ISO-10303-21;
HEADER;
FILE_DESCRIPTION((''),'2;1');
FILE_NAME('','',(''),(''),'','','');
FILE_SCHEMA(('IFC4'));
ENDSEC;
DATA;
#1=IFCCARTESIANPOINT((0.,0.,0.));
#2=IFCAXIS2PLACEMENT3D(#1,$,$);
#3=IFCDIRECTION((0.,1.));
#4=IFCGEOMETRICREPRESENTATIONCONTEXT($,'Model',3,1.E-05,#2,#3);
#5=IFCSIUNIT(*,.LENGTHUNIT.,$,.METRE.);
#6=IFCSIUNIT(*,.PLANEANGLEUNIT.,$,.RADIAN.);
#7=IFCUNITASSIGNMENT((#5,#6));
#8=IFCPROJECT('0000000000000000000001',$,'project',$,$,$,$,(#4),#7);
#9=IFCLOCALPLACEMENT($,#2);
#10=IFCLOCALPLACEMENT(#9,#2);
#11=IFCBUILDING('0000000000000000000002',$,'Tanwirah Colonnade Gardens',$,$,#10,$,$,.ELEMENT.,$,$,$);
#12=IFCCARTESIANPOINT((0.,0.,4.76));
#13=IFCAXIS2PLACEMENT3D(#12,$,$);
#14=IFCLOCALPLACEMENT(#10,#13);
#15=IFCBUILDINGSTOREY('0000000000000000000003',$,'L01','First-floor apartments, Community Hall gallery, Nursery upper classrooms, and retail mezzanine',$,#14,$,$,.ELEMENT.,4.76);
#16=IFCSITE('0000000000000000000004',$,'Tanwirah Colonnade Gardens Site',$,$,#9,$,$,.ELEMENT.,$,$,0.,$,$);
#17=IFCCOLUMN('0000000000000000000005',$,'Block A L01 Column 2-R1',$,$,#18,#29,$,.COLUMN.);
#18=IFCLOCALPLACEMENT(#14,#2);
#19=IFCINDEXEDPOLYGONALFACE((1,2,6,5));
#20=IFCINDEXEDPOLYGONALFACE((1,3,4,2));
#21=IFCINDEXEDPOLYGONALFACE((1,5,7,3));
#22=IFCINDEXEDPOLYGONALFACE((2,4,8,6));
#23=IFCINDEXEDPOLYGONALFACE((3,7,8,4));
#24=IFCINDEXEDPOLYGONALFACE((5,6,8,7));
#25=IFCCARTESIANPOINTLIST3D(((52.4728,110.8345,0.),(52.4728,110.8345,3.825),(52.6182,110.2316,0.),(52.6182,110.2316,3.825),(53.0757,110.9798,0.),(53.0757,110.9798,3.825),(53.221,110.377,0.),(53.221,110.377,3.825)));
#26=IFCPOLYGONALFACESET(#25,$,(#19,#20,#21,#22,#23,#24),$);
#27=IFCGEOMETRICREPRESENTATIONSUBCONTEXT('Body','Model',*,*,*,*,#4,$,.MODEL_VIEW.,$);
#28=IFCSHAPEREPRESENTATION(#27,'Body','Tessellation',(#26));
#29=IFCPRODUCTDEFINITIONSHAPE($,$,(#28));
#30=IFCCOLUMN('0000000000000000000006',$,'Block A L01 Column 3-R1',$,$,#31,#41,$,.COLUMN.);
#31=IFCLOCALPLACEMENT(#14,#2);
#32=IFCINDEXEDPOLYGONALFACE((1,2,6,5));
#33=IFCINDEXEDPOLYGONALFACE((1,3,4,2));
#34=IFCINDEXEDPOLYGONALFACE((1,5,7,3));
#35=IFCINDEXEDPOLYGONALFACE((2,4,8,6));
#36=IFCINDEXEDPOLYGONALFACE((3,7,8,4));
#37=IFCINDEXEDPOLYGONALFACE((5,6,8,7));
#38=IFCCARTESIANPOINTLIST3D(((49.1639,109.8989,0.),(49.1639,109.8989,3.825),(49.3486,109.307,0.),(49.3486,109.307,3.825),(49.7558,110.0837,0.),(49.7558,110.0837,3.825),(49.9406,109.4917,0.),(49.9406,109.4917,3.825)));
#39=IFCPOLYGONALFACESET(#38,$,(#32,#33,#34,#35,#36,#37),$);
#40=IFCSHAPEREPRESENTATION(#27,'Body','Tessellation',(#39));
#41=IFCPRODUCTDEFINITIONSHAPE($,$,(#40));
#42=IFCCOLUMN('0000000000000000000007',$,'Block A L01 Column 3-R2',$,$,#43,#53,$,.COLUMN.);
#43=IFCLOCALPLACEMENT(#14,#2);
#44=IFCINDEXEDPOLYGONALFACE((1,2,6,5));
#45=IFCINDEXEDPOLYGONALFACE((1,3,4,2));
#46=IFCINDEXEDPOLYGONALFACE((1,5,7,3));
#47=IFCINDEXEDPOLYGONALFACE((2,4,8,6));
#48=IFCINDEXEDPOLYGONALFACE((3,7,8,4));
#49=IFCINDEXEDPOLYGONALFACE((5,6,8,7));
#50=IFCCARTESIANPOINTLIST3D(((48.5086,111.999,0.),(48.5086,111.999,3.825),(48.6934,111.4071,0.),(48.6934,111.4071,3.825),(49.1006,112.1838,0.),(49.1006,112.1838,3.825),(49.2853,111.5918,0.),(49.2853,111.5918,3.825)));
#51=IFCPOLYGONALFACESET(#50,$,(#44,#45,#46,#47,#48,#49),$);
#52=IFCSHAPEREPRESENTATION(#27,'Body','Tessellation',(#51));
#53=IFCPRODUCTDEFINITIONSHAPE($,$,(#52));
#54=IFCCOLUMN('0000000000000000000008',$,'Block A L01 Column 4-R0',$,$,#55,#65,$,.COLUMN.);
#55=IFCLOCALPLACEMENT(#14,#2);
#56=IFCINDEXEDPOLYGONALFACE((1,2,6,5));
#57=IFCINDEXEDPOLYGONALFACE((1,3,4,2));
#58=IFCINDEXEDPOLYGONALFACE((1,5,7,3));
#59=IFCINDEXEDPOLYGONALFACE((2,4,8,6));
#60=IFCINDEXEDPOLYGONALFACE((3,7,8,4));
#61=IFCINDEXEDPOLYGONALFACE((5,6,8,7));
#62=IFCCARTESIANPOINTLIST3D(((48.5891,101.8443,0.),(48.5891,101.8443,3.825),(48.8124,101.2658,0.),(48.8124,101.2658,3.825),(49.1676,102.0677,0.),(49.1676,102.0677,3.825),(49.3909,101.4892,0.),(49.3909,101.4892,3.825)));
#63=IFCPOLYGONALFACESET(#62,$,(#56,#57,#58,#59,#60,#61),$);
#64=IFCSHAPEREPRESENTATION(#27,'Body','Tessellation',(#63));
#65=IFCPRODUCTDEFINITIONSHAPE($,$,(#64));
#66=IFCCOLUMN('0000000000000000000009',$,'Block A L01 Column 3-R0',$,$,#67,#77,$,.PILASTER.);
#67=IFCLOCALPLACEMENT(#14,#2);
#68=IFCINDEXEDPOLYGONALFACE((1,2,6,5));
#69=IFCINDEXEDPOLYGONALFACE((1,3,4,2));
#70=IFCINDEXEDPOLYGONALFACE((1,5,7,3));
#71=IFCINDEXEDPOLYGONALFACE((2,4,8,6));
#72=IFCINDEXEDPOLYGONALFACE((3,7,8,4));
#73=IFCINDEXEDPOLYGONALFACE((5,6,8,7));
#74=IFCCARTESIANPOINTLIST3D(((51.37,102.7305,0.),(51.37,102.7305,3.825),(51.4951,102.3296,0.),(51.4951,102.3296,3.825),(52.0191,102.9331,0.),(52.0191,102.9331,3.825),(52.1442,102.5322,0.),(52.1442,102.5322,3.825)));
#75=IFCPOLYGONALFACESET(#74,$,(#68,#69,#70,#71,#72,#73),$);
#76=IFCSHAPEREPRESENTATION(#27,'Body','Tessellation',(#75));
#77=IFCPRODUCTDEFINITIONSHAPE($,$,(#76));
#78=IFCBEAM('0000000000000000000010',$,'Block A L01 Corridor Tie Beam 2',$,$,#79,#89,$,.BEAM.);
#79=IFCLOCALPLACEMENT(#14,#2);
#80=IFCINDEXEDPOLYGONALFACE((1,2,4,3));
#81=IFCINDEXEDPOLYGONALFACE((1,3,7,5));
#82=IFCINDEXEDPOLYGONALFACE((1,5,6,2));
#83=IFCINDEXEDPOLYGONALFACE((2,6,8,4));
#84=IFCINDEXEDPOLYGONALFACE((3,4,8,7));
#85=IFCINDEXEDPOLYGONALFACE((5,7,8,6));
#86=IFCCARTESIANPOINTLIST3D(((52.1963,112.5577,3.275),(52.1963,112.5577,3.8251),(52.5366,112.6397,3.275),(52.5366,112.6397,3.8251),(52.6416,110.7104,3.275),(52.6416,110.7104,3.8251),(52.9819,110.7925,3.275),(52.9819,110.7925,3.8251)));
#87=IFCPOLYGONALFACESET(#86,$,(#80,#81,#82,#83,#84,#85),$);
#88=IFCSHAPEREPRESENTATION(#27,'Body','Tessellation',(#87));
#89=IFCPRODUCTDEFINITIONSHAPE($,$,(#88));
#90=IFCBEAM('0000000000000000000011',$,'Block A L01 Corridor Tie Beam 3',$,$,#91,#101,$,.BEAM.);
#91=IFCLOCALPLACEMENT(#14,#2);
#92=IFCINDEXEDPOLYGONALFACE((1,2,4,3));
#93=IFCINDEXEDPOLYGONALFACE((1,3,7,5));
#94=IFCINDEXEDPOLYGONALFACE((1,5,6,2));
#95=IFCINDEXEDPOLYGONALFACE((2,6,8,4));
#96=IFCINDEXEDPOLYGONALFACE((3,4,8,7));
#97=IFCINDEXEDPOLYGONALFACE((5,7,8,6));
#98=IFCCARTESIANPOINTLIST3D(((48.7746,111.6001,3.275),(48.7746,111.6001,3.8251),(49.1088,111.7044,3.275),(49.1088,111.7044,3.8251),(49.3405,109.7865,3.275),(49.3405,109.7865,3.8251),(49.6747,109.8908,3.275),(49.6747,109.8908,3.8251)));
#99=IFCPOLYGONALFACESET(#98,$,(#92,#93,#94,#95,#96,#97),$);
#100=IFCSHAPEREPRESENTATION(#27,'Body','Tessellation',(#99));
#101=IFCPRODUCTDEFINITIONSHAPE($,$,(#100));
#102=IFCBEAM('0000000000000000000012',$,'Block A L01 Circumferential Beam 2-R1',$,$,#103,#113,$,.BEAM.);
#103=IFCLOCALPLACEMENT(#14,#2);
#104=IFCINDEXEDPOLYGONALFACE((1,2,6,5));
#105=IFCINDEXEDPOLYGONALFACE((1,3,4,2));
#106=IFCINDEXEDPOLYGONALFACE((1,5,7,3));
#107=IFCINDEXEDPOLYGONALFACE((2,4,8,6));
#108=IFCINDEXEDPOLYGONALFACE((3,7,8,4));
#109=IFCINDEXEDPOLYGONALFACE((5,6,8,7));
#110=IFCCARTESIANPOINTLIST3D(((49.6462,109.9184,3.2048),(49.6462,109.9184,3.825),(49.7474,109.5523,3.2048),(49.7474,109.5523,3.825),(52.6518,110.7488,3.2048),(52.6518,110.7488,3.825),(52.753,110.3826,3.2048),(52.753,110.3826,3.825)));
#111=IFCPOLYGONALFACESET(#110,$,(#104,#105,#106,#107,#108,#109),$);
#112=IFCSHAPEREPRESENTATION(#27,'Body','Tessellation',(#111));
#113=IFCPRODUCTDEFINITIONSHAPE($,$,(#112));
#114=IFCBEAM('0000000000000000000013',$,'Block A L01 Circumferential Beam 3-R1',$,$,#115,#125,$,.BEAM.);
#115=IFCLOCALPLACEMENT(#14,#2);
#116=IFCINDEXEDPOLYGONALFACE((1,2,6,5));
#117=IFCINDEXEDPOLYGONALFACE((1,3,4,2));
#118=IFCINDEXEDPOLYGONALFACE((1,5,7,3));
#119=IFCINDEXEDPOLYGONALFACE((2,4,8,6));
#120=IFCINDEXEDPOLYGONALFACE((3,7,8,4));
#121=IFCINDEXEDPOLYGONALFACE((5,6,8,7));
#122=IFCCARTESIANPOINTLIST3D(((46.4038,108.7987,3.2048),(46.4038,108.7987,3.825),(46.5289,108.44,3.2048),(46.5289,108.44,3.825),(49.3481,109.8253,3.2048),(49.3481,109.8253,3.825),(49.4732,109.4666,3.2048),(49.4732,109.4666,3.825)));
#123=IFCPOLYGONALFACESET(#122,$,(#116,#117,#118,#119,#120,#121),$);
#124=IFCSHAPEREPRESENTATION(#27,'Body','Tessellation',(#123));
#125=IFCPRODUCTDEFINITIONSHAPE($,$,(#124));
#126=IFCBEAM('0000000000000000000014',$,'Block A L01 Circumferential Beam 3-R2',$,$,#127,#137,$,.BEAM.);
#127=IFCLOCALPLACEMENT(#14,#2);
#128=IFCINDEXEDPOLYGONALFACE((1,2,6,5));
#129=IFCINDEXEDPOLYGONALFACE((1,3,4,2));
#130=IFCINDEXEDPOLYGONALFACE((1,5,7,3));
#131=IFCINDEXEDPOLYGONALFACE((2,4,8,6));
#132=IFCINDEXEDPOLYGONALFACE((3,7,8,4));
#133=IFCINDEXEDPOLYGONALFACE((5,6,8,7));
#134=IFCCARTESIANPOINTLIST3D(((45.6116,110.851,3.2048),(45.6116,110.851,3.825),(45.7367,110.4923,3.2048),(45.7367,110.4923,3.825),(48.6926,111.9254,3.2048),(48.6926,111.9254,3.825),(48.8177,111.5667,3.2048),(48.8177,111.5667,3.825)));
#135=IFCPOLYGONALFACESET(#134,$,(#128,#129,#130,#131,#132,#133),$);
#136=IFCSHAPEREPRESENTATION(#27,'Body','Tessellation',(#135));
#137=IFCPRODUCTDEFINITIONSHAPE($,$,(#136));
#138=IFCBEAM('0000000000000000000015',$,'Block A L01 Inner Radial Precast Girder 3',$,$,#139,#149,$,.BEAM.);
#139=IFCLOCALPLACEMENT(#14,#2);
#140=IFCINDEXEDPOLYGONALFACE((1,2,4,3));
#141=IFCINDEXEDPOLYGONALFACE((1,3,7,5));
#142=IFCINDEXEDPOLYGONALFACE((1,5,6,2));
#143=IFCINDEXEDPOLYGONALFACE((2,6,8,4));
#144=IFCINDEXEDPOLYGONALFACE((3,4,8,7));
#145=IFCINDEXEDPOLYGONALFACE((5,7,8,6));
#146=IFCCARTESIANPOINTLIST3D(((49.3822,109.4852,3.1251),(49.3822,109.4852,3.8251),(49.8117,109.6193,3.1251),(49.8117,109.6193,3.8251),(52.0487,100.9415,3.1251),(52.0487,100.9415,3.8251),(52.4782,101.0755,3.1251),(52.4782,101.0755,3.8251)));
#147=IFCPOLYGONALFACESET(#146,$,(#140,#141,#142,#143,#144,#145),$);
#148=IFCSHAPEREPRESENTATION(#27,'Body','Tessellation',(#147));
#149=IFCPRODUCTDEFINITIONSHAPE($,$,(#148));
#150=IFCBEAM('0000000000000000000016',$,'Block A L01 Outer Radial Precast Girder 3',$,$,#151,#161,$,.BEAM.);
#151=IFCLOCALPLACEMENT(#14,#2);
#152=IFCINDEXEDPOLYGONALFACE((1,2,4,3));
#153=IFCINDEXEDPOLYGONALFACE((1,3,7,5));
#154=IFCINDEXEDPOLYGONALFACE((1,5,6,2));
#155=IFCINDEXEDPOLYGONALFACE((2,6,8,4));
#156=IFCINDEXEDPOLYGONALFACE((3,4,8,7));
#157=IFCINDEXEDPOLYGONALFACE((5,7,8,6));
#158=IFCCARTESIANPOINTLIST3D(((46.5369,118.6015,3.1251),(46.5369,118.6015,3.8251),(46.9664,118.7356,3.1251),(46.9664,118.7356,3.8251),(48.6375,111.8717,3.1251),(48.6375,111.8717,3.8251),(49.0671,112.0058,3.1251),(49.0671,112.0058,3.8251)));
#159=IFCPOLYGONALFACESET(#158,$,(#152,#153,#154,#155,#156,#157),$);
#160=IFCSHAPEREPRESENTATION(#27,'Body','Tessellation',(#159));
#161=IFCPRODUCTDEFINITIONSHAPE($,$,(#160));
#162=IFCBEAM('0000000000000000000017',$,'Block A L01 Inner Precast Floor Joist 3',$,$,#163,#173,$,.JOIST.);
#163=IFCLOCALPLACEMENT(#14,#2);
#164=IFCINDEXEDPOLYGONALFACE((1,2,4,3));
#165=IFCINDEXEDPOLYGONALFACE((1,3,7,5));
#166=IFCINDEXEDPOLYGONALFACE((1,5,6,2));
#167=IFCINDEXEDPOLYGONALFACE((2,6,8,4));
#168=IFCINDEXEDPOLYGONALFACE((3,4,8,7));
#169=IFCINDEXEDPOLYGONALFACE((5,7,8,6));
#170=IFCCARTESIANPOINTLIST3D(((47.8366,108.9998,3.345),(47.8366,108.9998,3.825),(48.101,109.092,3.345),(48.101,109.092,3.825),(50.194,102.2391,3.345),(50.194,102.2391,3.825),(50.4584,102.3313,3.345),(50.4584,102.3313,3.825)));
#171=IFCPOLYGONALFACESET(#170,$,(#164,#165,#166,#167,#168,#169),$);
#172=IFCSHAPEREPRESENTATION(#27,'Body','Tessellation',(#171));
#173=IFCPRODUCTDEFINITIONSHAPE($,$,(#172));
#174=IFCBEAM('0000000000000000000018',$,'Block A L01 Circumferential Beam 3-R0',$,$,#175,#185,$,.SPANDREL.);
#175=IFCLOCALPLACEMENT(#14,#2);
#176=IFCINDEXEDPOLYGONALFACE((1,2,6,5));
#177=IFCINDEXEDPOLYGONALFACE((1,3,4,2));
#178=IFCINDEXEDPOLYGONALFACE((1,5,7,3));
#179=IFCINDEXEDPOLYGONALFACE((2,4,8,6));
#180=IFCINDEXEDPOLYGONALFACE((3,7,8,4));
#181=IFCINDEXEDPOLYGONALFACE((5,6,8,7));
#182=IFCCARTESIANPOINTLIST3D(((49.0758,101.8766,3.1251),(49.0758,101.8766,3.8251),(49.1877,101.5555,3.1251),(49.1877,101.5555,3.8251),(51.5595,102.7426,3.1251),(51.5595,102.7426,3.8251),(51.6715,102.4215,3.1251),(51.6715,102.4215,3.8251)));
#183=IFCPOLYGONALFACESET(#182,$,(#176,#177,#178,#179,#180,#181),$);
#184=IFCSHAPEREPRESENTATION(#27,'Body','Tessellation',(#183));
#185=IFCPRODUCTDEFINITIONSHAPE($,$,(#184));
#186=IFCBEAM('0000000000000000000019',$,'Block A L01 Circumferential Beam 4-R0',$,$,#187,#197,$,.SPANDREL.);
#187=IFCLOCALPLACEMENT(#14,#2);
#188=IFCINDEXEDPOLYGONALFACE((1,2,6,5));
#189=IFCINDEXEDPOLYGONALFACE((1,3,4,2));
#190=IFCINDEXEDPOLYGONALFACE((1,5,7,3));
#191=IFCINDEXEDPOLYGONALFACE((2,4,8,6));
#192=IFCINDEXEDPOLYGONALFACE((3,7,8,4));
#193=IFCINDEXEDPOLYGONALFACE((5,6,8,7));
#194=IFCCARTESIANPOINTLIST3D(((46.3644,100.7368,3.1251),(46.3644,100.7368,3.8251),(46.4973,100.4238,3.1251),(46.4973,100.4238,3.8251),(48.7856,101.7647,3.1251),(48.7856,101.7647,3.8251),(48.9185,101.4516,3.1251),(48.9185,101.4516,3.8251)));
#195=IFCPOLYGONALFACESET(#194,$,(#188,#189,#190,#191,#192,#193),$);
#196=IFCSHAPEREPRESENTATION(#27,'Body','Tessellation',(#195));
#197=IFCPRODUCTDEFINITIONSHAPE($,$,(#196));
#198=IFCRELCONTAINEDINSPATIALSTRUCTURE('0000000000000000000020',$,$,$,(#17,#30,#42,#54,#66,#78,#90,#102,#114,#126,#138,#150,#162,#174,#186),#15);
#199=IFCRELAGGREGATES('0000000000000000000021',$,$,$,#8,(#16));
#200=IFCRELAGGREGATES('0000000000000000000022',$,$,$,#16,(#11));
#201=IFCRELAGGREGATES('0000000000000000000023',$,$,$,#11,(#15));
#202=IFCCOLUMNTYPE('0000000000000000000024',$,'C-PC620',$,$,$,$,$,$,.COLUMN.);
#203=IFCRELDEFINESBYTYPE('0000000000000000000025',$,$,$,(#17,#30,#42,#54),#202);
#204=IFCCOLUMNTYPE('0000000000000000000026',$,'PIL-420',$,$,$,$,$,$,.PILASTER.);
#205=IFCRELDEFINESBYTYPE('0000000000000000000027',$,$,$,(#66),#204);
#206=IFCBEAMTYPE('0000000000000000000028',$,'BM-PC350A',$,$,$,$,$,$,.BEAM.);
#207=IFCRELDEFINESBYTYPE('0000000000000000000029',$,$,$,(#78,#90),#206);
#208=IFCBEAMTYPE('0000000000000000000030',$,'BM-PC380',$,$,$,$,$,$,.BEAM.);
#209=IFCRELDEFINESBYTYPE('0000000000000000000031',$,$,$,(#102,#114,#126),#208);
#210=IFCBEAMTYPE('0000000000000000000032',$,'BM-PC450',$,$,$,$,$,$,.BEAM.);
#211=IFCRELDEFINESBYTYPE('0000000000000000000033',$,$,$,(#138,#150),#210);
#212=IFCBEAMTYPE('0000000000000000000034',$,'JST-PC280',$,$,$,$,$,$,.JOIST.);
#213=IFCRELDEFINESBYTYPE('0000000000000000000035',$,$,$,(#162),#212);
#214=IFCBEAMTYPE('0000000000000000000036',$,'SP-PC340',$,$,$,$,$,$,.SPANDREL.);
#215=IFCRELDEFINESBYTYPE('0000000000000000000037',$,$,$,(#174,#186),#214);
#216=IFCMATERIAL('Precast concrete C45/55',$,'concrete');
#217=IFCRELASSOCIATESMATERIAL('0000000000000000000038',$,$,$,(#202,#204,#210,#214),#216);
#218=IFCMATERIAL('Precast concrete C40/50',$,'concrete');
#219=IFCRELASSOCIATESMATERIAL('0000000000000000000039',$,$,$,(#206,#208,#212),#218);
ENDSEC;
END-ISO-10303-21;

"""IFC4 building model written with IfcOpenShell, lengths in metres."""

from ifc_helpers import new_model, si_unit, direction, frame, origin, origin_2d, place, context, subcontext, project, spatial, rectangle, extrude, material, material_profile, profile_set, type_object, element, save


model = new_model("IFC4")

# Units and contexts
model_context = context("Model", 3, precision=1e-05, world=origin(), true_north=direction((0.0, 1.0)))
body_context = subcontext(model_context, "Body", "Model", "MODEL_VIEW")
ifc_project = project(units=[si_unit("LENGTHUNIT", "METRE"), si_unit("PLANEANGLEUNIT", "RADIAN")], contexts=[model_context])

# Site, building, storey
site_placement = place(None, origin())
site = spatial("IfcSite", under=ifc_project, at=site_placement, Name="Tanwirah Colonnade Gardens Site", CompositionType="ELEMENT", RefElevation=0.0)
building_placement = place(site_placement, origin())
building = spatial("IfcBuilding", under=site, at=building_placement, Name="Tanwirah Colonnade Gardens", CompositionType="ELEMENT")
storey_placement = place(building_placement, frame((0.0, 0.0, 4.76)))
storey = spatial("IfcBuildingStorey", under=building, at=storey_placement, Name="L01", Description="First-floor apartments, Community Hall gallery, Nursery upper classrooms, and retail mezzanine", CompositionType="ELEMENT", Elevation=4.76)

# Columns
ifc_material_1 = material(Name="Precast concrete C45/55", Category="concrete")
ifc_material_profile_1 = material_profile(ifc_material_1, rectangle(XDim=0.6201, YDim=0.6201, at=origin_2d()), Name="PC-COL 620x620")
ifc_profile_set_1 = profile_set([ifc_material_profile_1], Name="Precast concrete C45/55")
column_type_1 = type_object("IfcColumnType", Name="C-PC620", PredefinedType="COLUMN", material=ifc_profile_set_1)
for number, where, z_axis, x_axis, name in (
    (1, (52.8469, 110.6057, 0.0), (0.0, 0.0, 1.0), (-0.234388, 0.972143, 0.0), "Block A L01 Column 2-R1"),
    (2, (49.5522, 109.6953, 0.0), (0.0, 0.0, 1.0), (-0.29793, 0.954588, 0.0), "Block A L01 Column 3-R1"),
    (3, (48.897, 111.7954, 0.0), (0.0, 0.0, 1.0), (-0.29793, 0.954588, 0.0), "Block A L01 Column 3-R2"),
    (4, (48.99, 101.6667, 0.0), (0.0, 0.0, 1.0), (-0.360178, 0.932884, 0.0), "Block A L01 Column 4-R0"),
):
    element("IfcColumn", number, at=place(storey_placement, frame(where, z_axis=z_axis, x_axis=x_axis)), inside=storey, type_object=column_type_1, Name=name, PredefinedType="COLUMN", context=body_context, shape_type="SweptSolid", body=[
        extrude(rectangle(XDim=0.6201, YDim=0.6201, at=origin_2d()), origin(), (0.0, 0.0, 1.0), 3.825),
    ])
ifc_material_profile_2 = material_profile(ifc_material_1, rectangle(XDim=0.4199, YDim=0.6799, at=origin_2d()), Name="PC-PIL 420x680")
ifc_profile_set_2 = profile_set([ifc_material_profile_2], Name="Precast concrete C45/55")
column_type_2 = type_object("IfcColumnType", Name="PIL-420", PredefinedType="PILASTER", material=ifc_profile_set_2)
column_placement = place(storey_placement, frame((51.7571, 102.6313, 0.0), z_axis=(0.0, 0.0, 1.0), x_axis=(-0.29793, 0.954588, 0.0)))
element("IfcColumn", 5, at=column_placement, inside=storey, type_object=column_type_2, Name="Block A L01 Column 3-R0", PredefinedType="PILASTER", context=body_context, shape_type="SweptSolid", body=[
    extrude(rectangle(XDim=0.4199, YDim=0.6799, at=origin_2d()), origin(), (0.0, 0.0, 1.0), 3.825),
])

# Beams
ifc_material_2 = material(Name="Precast concrete C40/50", Category="concrete")
ifc_material_profile_3 = material_profile(ifc_material_2, rectangle(XDim=0.3501, YDim=0.55, at=origin_2d()), Name="PC-BM 350x550")
ifc_profile_set_3 = profile_set([ifc_material_profile_3], Name="Precast concrete C40/50")
beam_type_1 = type_object("IfcBeamType", Name="BM-PC350A", PredefinedType="BEAM", material=ifc_profile_set_3)
beam_1_placement = place(storey_placement, frame((52.8118, 110.7515, 3.55), z_axis=(-0.234364, 0.972149, 0.0), x_axis=(-0.972149, -0.234364, 0.0)))
element("IfcBeam", 6, at=beam_1_placement, inside=storey, type_object=beam_type_1, Name="Block A L01 Corridor Tie Beam 2", PredefinedType="BEAM", context=body_context, shape_type="SweptSolid", body=[
    extrude(rectangle(XDim=0.3501, YDim=0.55, at=origin_2d()), origin(), (0.0, 0.0, 1.0), 1.9001),
])
beam_2_placement = place(storey_placement, frame((49.5076, 109.8386, 3.55), z_axis=(-0.297858, 0.95461, 0.0), x_axis=(-0.95461, -0.297858, 0.0)))
element("IfcBeam", 7, at=beam_2_placement, inside=storey, type_object=beam_type_1, Name="Block A L01 Corridor Tie Beam 3", PredefinedType="BEAM", context=body_context, shape_type="SweptSolid", body=[
    extrude(rectangle(XDim=0.3501, YDim=0.55, at=origin_2d()), origin(), (0.0, 0.0, 1.0), 1.8999),
])
ifc_material_profile_4 = material_profile(ifc_material_2, rectangle(XDim=0.3799, YDim=0.6201, at=origin_2d()), Name="PC-BM 380x620")
ifc_profile_set_4 = profile_set([ifc_material_profile_4], Name="Precast concrete C40/50")
beam_type_2 = type_object("IfcBeamType", Name="BM-PC380", PredefinedType="BEAM", material=ifc_profile_set_4)
for number, where, z_axis, x_axis, name in (
    (8, (52.7024, 110.5657, 3.5149), (-0.963895, -0.266283, 0.0), (0.266283, -0.963895, 0.0), "Block A L01 Circumferential Beam 2-R1"),
    (9, (49.4106, 109.646, 3.5149), (-0.944248, -0.329234, 0.0), (0.329234, -0.944248, 0.0), "Block A L01 Circumferential Beam 3-R1"),
):
    element("IfcBeam", number, at=place(storey_placement, frame(where, z_axis=z_axis, x_axis=x_axis)), inside=storey, type_object=beam_type_2, Name=name, PredefinedType="BEAM", context=body_context, shape_type="SweptSolid", body=[
        extrude(rectangle(XDim=0.3799, YDim=0.6201, at=origin_2d()), origin(), (0.0, 0.0, 1.0), 3.1182),
    ])
beam_3_placement = place(storey_placement, frame((48.7551, 111.7461, 3.5149), z_axis=(-0.944231, -0.329284, 0.0), x_axis=(0.329284, -0.944231, 0.0)))
element("IfcBeam", 10, at=beam_3_placement, inside=storey, type_object=beam_type_2, Name="Block A L01 Circumferential Beam 3-R2", PredefinedType="BEAM", context=body_context, shape_type="SweptSolid", body=[
    extrude(rectangle(XDim=0.3799, YDim=0.6201, at=origin_2d()), origin(), (0.0, 0.0, 1.0), 3.2629),
])
ifc_material_profile_5 = material_profile(ifc_material_1, rectangle(XDim=0.45, YDim=0.7, at=origin_2d()), Name="PC-BM 450x700")
ifc_profile_set_5 = profile_set([ifc_material_profile_5], Name="Precast concrete C45/55")
beam_type_3 = type_object("IfcBeamType", Name="BM-PC450", PredefinedType="BEAM", material=ifc_profile_set_5)
beam_4_placement = place(storey_placement, frame((49.5969, 109.5522, 3.4751), z_axis=(0.297929, -0.954588, 0.0), x_axis=(0.954588, 0.297929, 0.0)))
element("IfcBeam", 11, at=beam_4_placement, inside=storey, type_object=beam_type_3, Name="Block A L01 Inner Radial Precast Girder 3", PredefinedType="BEAM", context=body_context, shape_type="SweptSolid", body=[
    extrude(rectangle(XDim=0.45, YDim=0.7, at=origin_2d()), origin(), (0.0, 0.0, 1.0), 8.9502),
])
beam_5_placement = place(storey_placement, frame((48.8523, 111.9387, 3.4751), z_axis=(-0.297958, 0.954579, 0.0), x_axis=(-0.954579, -0.297958, 0.0)))
element("IfcBeam", 12, at=beam_5_placement, inside=storey, type_object=beam_type_3, Name="Block A L01 Outer Radial Precast Girder 3", PredefinedType="BEAM", context=body_context, shape_type="SweptSolid", body=[
    extrude(rectangle(XDim=0.45, YDim=0.7, at=origin_2d()), origin(), (0.0, 0.0, 1.0), 7.05),
])
ifc_material_profile_6 = material_profile(ifc_material_2, rectangle(XDim=0.28, YDim=0.48, at=origin_2d()), Name="PC-JST 280x480")
ifc_profile_set_6 = profile_set([ifc_material_profile_6], Name="Precast concrete C40/50")
beam_type_4 = type_object("IfcBeamType", Name="JST-PC280", PredefinedType="JOIST", material=ifc_profile_set_6)
beam_6_placement = place(storey_placement, frame((50.3262, 102.2852, 3.585), z_axis=(-0.329251, 0.944243, 0.0), x_axis=(-0.944243, -0.329251, 0.0)))
element("IfcBeam", 13, at=beam_6_placement, inside=storey, type_object=beam_type_4, Name="Block A L01 Inner Precast Floor Joist 3", PredefinedType="JOIST", context=body_context, shape_type="SweptSolid", body=[
    extrude(rectangle(XDim=0.28, YDim=0.48, at=origin_2d()), origin(), (0.0, 0.0, 1.0), 7.1599),
])
ifc_material_profile_7 = material_profile(ifc_material_1, rectangle(XDim=0.3401, YDim=0.7, at=origin_2d()), Name="PC-SP 340x700")
ifc_profile_set_7 = profile_set([ifc_material_profile_7], Name="Precast concrete C45/55")
beam_type_5 = type_object("IfcBeamType", Name="SP-PC340", PredefinedType="SPANDREL", material=ifc_profile_set_7)
for number, where, z_axis, x_axis, name in (
    (14, (51.6155, 102.582, 3.4751), (-0.94425, -0.32923, 0.0), (0.32923, -0.94425, 0.0), "Block A L01 Circumferential Beam 3-R0"),
    (15, (48.8521, 101.6082, 3.4751), (-0.920489, -0.390769, 0.0), (0.390769, -0.920489, 0.0), "Block A L01 Circumferential Beam 4-R0"),
):
    element("IfcBeam", number, at=place(storey_placement, frame(where, z_axis=z_axis, x_axis=x_axis)), inside=storey, type_object=beam_type_5, Name=name, PredefinedType="SPANDREL", context=body_context, shape_type="SweptSolid", body=[
        extrude(rectangle(XDim=0.3401, YDim=0.7, at=origin_2d()), origin(), (0.0, 0.0, 1.0), 2.6304),
    ])

save(model, "model.ifc")
